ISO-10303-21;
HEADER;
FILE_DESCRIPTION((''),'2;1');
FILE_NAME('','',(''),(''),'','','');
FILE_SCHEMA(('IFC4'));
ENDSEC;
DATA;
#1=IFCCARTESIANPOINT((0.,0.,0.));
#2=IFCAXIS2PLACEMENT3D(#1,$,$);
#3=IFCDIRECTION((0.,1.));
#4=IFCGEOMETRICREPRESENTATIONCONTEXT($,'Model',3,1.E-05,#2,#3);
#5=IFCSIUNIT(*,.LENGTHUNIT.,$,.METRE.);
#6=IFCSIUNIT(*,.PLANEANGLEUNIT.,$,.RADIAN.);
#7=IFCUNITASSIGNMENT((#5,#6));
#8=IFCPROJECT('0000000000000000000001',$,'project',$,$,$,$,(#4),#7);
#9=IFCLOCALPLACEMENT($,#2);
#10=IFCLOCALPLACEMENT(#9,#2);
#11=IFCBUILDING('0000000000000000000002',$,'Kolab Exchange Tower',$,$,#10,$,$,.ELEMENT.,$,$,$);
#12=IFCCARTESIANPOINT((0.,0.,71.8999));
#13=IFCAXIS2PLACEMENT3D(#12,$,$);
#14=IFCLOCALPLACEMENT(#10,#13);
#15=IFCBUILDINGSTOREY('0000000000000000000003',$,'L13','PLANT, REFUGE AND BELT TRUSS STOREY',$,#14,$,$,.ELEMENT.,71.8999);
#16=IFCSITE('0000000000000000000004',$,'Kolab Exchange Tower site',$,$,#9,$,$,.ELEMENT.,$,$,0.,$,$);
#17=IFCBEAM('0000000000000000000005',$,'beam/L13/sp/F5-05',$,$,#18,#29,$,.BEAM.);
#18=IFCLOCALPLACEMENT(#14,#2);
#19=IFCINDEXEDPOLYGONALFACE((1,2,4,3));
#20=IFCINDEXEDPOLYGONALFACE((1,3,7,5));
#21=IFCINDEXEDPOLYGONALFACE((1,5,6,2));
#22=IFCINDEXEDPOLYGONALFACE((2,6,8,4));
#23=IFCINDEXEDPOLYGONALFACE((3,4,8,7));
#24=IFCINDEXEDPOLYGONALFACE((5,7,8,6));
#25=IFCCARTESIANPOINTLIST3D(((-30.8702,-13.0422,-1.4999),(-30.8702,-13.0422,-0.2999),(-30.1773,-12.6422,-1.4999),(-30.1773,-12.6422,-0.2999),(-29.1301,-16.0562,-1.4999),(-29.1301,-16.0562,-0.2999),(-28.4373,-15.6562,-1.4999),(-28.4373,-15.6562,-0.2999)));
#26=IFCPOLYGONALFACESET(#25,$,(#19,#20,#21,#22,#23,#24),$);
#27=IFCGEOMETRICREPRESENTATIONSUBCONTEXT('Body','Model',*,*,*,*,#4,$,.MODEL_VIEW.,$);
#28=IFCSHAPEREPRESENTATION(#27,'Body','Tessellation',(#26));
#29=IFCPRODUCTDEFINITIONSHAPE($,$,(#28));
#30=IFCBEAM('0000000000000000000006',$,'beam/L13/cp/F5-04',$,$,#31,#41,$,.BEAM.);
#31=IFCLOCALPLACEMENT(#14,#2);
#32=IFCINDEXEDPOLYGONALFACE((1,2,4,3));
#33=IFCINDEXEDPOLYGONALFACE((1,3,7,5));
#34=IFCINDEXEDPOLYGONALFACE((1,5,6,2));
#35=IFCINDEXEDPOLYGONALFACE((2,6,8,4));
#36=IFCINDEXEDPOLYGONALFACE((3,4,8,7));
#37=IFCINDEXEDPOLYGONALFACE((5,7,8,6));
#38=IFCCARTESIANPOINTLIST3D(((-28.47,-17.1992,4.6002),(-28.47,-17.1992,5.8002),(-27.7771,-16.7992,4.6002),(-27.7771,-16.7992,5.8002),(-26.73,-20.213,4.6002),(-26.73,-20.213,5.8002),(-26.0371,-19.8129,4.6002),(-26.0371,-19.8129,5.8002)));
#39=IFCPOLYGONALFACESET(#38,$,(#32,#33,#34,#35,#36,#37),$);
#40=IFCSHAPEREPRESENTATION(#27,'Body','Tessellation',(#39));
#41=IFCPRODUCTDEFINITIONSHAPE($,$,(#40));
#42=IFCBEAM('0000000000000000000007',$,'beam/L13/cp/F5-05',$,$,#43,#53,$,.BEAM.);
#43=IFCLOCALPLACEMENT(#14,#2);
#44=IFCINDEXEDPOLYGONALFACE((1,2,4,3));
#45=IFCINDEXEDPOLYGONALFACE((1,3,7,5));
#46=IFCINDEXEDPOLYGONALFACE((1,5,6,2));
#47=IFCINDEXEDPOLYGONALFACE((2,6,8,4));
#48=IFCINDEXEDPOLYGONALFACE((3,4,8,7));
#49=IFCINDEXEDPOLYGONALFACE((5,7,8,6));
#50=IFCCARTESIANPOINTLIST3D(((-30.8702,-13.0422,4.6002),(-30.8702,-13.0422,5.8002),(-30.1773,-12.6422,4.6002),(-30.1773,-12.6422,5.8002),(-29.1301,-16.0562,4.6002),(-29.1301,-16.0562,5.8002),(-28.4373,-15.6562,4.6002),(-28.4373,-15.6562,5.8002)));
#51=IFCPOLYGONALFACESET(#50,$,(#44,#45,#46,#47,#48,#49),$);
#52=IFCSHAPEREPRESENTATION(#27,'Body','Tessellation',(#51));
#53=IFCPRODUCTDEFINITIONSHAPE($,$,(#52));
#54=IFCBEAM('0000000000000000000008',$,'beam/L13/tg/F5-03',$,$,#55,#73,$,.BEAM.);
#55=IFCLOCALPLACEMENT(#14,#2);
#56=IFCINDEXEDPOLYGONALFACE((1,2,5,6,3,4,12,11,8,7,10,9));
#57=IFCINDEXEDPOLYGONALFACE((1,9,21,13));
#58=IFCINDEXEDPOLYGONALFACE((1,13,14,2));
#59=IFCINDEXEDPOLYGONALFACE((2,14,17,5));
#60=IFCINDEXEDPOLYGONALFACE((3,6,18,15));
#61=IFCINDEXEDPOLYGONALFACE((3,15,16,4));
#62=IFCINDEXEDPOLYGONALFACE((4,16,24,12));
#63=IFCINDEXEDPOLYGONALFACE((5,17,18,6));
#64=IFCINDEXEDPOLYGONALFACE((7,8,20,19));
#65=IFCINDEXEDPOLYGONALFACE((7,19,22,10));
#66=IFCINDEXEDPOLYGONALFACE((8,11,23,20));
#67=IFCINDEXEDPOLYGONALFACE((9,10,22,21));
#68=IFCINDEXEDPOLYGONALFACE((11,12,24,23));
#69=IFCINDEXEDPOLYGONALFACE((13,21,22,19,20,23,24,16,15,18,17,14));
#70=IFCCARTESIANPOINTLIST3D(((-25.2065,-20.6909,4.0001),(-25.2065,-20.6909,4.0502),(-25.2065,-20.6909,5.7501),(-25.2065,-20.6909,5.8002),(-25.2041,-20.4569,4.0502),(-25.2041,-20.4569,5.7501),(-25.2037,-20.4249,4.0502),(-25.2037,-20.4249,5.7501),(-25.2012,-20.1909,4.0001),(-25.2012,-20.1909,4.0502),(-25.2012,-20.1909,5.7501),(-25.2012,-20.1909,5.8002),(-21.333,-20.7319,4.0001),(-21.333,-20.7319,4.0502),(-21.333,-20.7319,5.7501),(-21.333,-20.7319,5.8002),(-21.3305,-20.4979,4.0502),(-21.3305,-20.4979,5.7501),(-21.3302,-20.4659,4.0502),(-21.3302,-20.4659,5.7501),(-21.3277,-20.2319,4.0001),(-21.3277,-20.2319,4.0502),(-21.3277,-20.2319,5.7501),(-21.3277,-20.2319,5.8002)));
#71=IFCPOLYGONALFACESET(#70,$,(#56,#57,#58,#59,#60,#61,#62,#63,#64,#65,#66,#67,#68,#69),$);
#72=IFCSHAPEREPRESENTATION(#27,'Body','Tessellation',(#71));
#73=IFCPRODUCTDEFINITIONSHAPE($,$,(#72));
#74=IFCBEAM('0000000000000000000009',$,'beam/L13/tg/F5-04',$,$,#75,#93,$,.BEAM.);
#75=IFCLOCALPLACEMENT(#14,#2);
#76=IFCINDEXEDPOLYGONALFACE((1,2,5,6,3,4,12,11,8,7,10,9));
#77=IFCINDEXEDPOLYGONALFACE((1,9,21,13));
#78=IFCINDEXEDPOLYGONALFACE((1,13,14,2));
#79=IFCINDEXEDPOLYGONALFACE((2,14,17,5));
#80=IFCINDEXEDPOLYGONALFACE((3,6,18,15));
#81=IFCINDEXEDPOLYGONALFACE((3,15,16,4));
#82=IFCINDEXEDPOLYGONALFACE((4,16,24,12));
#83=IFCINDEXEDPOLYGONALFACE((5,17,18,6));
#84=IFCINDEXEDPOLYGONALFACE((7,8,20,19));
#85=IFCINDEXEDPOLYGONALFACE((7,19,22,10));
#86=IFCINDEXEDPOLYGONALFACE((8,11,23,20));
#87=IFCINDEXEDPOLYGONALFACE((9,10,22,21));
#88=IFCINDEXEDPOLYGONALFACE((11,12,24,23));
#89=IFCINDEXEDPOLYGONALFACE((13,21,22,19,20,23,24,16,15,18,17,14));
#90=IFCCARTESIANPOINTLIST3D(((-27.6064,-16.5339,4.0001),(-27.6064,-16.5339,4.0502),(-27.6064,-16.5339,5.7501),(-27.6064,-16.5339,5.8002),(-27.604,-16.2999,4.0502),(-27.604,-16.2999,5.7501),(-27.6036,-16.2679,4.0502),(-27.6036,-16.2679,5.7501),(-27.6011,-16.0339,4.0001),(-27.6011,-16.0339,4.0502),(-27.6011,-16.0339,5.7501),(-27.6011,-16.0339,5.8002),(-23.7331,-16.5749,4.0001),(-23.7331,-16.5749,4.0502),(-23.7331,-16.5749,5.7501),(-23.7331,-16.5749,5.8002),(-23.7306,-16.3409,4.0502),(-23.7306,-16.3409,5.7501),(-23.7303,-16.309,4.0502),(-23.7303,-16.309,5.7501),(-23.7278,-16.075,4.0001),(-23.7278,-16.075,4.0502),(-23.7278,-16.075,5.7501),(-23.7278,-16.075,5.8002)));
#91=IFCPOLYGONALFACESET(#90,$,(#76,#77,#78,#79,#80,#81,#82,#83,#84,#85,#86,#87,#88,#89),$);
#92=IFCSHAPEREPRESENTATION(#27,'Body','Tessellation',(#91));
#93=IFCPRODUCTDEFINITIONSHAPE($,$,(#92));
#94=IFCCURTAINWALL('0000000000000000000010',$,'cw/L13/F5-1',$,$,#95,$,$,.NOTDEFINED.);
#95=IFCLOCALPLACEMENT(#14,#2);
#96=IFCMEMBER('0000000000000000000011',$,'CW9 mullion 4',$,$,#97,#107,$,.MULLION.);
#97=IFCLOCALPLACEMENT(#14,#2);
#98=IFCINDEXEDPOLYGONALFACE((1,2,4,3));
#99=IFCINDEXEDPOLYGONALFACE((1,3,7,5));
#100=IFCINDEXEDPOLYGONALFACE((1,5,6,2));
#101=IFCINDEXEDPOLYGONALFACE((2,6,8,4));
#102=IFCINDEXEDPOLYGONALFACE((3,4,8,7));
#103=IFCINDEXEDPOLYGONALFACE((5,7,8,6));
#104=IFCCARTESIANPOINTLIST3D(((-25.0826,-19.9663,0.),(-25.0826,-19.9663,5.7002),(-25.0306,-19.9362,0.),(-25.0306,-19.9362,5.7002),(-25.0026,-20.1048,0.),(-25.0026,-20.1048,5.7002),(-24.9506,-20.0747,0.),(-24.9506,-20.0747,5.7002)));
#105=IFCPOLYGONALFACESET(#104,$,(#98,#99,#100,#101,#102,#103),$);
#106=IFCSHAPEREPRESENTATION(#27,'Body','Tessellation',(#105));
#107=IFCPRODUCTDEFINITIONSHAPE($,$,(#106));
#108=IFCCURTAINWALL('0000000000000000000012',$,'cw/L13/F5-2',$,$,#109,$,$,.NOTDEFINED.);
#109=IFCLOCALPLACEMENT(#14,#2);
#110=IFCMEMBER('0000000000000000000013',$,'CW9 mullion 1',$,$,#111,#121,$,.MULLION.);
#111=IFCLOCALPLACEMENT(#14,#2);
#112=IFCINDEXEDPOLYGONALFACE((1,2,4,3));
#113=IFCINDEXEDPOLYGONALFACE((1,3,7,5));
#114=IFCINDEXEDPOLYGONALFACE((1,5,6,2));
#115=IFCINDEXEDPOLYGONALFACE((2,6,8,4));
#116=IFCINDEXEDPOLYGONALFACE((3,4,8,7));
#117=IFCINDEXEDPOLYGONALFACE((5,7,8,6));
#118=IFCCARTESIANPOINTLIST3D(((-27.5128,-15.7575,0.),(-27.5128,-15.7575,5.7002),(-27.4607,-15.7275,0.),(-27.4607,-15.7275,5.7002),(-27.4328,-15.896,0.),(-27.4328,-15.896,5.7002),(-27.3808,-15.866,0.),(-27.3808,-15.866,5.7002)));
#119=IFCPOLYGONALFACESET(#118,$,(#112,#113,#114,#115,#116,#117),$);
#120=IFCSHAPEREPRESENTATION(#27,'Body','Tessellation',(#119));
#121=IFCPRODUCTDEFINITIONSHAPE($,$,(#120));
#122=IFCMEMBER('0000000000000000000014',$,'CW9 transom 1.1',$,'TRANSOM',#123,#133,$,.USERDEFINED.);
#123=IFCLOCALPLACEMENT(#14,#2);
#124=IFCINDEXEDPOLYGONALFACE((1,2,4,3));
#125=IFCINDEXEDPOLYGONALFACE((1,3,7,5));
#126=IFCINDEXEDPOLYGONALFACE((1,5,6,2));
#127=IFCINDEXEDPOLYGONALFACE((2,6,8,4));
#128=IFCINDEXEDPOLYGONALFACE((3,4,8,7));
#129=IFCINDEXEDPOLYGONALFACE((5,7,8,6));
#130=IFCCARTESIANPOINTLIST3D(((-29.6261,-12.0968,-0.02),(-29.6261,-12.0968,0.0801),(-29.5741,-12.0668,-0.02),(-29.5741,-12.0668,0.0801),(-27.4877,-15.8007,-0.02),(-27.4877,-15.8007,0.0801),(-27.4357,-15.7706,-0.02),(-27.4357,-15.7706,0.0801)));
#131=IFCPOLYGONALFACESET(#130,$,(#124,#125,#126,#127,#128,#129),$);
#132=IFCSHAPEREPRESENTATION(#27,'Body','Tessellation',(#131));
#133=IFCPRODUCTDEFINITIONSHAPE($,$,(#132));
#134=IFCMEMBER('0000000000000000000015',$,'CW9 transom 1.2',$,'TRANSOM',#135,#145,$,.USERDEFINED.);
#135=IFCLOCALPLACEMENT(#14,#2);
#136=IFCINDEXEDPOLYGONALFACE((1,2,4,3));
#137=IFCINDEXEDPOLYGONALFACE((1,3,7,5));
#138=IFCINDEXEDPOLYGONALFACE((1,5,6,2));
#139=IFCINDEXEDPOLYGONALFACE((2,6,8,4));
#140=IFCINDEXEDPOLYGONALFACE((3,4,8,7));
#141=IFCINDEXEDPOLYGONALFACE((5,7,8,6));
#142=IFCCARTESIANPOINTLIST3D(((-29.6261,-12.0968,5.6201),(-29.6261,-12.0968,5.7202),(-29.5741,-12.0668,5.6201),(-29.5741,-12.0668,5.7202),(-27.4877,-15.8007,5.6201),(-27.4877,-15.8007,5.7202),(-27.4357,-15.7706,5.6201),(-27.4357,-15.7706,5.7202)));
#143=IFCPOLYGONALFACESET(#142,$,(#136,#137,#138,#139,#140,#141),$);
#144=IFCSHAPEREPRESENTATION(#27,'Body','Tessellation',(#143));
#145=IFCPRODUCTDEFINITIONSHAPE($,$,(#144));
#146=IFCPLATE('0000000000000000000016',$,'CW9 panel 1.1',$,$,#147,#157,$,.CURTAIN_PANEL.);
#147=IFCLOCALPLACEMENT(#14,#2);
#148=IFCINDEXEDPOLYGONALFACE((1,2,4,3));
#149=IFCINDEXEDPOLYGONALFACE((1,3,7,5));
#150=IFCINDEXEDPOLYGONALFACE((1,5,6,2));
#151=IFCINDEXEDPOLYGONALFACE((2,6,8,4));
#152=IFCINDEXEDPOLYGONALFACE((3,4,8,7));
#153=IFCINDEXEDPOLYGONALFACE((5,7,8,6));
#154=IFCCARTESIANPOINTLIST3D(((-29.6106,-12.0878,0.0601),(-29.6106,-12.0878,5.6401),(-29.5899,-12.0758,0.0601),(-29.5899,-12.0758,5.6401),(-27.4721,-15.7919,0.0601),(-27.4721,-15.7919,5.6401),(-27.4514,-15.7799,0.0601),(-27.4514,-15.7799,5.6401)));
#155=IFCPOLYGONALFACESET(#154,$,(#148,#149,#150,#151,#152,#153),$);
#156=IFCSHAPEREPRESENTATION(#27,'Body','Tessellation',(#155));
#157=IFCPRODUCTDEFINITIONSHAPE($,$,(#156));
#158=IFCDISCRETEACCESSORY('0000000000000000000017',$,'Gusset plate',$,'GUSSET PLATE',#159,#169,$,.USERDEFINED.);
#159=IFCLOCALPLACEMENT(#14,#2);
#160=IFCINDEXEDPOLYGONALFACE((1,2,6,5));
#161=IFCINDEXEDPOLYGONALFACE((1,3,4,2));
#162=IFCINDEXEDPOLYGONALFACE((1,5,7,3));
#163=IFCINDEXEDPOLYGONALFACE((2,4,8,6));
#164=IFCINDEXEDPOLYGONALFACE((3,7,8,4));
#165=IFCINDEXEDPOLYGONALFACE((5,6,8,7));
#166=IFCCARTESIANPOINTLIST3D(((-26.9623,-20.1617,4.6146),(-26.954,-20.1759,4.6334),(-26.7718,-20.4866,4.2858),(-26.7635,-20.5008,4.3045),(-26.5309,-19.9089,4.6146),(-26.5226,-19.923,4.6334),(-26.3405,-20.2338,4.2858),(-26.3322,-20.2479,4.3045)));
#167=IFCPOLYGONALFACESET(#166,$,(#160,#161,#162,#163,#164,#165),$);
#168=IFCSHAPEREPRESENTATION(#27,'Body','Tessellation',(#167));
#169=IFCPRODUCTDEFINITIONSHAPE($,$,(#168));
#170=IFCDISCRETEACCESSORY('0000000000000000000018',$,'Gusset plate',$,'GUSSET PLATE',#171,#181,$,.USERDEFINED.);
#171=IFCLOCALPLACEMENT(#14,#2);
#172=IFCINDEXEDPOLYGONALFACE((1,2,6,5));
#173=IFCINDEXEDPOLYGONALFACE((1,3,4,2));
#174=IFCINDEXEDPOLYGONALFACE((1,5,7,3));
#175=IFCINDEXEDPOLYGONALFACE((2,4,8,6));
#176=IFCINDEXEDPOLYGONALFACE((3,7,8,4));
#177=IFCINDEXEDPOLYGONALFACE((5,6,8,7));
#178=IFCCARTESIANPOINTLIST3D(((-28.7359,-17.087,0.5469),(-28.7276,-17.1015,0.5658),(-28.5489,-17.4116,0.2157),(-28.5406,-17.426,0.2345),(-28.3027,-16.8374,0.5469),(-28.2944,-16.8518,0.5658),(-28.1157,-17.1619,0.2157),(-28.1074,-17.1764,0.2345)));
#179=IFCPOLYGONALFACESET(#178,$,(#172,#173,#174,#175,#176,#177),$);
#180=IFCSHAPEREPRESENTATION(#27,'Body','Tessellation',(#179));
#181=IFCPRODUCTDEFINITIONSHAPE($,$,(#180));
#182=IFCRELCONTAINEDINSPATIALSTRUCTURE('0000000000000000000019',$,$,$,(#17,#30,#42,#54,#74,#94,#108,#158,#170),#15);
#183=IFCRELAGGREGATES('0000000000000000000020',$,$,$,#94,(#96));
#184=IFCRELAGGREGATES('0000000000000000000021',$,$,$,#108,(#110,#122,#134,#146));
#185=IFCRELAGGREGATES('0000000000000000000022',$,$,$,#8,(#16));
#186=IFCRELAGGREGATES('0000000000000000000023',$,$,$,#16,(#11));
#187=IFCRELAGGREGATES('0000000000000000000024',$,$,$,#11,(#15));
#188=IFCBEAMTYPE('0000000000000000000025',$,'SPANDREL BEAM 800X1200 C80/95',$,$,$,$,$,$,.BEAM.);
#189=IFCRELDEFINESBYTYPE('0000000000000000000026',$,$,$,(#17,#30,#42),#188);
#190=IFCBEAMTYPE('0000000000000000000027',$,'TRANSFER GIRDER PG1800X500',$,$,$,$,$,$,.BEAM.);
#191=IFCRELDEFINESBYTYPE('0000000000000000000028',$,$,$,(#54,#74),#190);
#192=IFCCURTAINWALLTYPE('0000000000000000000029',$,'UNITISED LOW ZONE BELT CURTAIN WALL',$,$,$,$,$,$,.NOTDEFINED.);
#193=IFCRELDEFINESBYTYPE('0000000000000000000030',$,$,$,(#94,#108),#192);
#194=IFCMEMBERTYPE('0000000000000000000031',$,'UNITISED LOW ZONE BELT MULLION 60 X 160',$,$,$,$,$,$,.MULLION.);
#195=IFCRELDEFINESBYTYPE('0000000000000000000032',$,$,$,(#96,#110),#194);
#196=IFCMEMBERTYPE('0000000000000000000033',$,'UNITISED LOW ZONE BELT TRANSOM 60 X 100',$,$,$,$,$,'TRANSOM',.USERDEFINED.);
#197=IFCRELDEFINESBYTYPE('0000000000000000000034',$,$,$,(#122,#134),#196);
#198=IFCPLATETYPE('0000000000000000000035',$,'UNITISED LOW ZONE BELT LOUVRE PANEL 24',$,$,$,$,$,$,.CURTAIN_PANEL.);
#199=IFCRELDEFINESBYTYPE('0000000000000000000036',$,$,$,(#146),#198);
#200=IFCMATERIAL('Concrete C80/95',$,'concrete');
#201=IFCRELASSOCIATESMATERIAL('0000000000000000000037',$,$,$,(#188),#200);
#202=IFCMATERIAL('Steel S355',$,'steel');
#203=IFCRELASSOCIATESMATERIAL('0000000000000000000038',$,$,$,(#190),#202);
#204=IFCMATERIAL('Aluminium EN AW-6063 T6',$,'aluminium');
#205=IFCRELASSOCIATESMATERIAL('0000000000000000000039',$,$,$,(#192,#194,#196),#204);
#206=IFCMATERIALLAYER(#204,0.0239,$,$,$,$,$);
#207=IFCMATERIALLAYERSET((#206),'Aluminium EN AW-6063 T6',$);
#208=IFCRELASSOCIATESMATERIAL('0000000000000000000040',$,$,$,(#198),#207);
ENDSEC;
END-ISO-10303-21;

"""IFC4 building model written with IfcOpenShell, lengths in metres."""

from ifc_helpers import new_model, si_unit, direction, frame, origin, origin_2d, place, context, subcontext, project, spatial, rectangle, i_section, extrude, material, layer, layer_set, material_profile, profile_set, type_object, element, aggregate, save


model = new_model("IFC4")

# Units and contexts
model_context = context("Model", 3, precision=1e-05, world=origin(), true_north=direction((0.0, 1.0)))
body_context = subcontext(model_context, "Body", "Model", "MODEL_VIEW")
ifc_project = project(units=[si_unit("LENGTHUNIT", "METRE"), si_unit("PLANEANGLEUNIT", "RADIAN")], contexts=[model_context])

# Site, building, storey
site_placement = place(None, origin())
site = spatial("IfcSite", under=ifc_project, at=site_placement, Name="Kolab Exchange Tower site", CompositionType="ELEMENT", RefElevation=0.0)
building_placement = place(site_placement, origin())
building = spatial("IfcBuilding", under=site, at=building_placement, Name="Kolab Exchange Tower", CompositionType="ELEMENT")
storey_placement = place(building_placement, frame((0.0, 0.0, 71.8999)))
storey = spatial("IfcBuildingStorey", under=building, at=storey_placement, Name="L13", Description="PLANT, REFUGE AND BELT TRUSS STOREY", CompositionType="ELEMENT", Elevation=71.8999)

# Shared definitions
ifc_material_1 = material(Name="Concrete C80/95", Category="concrete")

# Shared definitions
ifc_material_2 = material(Name="Steel S355", Category="steel")

# Beams
ifc_material_profile_1 = material_profile(ifc_material_1, rectangle(XDim=0.8, YDim=1.2, at=origin_2d()), Name="RC800X1200")
ifc_profile_set_1 = profile_set([ifc_material_profile_1], Name="Concrete C80/95")
beam_type_1 = type_object("IfcBeamType", Name="SPANDREL BEAM 800X1200 C80/95", PredefinedType="BEAM", material=ifc_profile_set_1)
beam_1_placement = place(storey_placement, frame((-28.7837, -15.8562, -0.8999), z_axis=(-0.49998, 0.866037, 0.0), x_axis=(-0.866037, -0.49998, 0.0)))
element("IfcBeam", 1, at=beam_1_placement, inside=storey, type_object=beam_type_1, Name="beam/L13/sp/F5-05", PredefinedType="BEAM", context=body_context, shape_type="SweptSolid", body=[
    extrude(rectangle(XDim=0.8, YDim=1.2, at=origin_2d()), origin(), (0.0, 0.0, 1.0), 3.4802),
])
beam_2_placement = place(storey_placement, frame((-26.3835, -20.0129, 5.2002), z_axis=(-0.50001, 0.86602, 0.0), x_axis=(-0.86602, -0.50001, 0.0)))
element("IfcBeam", 2, at=beam_2_placement, inside=storey, type_object=beam_type_1, Name="beam/L13/cp/F5-04", PredefinedType="BEAM", context=body_context, shape_type="SweptSolid", body=[
    extrude(rectangle(XDim=0.8, YDim=1.2, at=origin_2d()), origin(), (0.0, 0.0, 1.0), 3.48),
])
beam_3_placement = place(storey_placement, frame((-28.7837, -15.8562, 5.2002), z_axis=(-0.49998, 0.866037, 0.0), x_axis=(-0.866037, -0.49998, 0.0)))
element("IfcBeam", 3, at=beam_3_placement, inside=storey, type_object=beam_type_1, Name="beam/L13/cp/F5-05", PredefinedType="BEAM", context=body_context, shape_type="SweptSolid", body=[
    extrude(rectangle(XDim=0.8, YDim=1.2, at=origin_2d()), origin(), (0.0, 0.0, 1.0), 3.4802),
])
ifc_material_profile_2 = material_profile(ifc_material_2, i_section(OverallWidth=0.5, OverallDepth=1.8, WebThickness=0.032, FlangeThickness=0.05, at=origin_2d()), Name="PG1800X500")
ifc_profile_set_2 = profile_set([ifc_material_profile_2], Name="Steel S355")
beam_type_2 = type_object("IfcBeamType", Name="TRANSFER GIRDER PG1800X500", PredefinedType="BEAM", material=ifc_profile_set_2)
beam_4_placement = place(storey_placement, frame((-21.3303, -20.4819, 4.9001), z_axis=(-0.999944, 0.010588, 0.0), x_axis=(-0.010588, -0.999944, 0.0)))
element("IfcBeam", 4, at=beam_4_placement, inside=storey, type_object=beam_type_2, Name="beam/L13/tg/F5-03", PredefinedType="BEAM", context=body_context, shape_type="SweptSolid", body=[
    extrude(i_section(OverallWidth=0.5, OverallDepth=1.8, WebThickness=0.032, FlangeThickness=0.05, at=origin_2d()), origin(), (0.0, 0.0, 1.0), 3.8738),
])
beam_5_placement = place(storey_placement, frame((-23.7305, -16.325, 4.9001), z_axis=(-0.999944, 0.010589, 0.0), x_axis=(-0.010589, -0.999944, 0.0)))
element("IfcBeam", 5, at=beam_5_placement, inside=storey, type_object=beam_type_2, Name="beam/L13/tg/F5-04", PredefinedType="BEAM", context=body_context, shape_type="SweptSolid", body=[
    extrude(i_section(OverallWidth=0.5, OverallDepth=1.8, WebThickness=0.032, FlangeThickness=0.05, at=origin_2d()), origin(), (0.0, 0.0, 1.0), 3.8735),
])

# Curtain wall, member
ifc_material_3 = material(Name="Aluminium EN AW-6063 T6", Category="aluminium")
curtain_wall_type = type_object("IfcCurtainWallType", Name="UNITISED LOW ZONE BELT CURTAIN WALL", PredefinedType="NOTDEFINED", material=ifc_material_3)
curtain_wall_1_placement = place(storey_placement, origin())
curtain_wall_1 = element("IfcCurtainWall", 6, at=curtain_wall_1_placement, inside=storey, type_object=curtain_wall_type, Name="cw/L13/F5-1", PredefinedType="NOTDEFINED")
ifc_material_profile_3 = material_profile(ifc_material_3, rectangle(XDim=0.0601, YDim=0.1599, at=origin_2d()), Name="RECT 60X160")
ifc_profile_set_3 = profile_set([ifc_material_profile_3], Name="Aluminium EN AW-6063 T6")
member_type_1 = type_object("IfcMemberType", Name="UNITISED LOW ZONE BELT MULLION 60 X 160", PredefinedType="MULLION", material=ifc_profile_set_3)
member_1_placement = place(storey_placement, frame((-25.0166, -20.0205, 0.0), z_axis=(0.0, 0.0, 1.0), x_axis=(-0.866025, -0.5, 0.0)))
member_1 = element("IfcMember", 7, at=member_1_placement, type_object=member_type_1, Name="CW9 mullion 4", PredefinedType="MULLION", context=body_context, shape_type="SweptSolid", body=[
    extrude(rectangle(XDim=0.0601, YDim=0.1599, at=origin_2d()), origin(), (0.0, 0.0, 1.0), 5.7002),
])
aggregate(curtain_wall_1, [member_1])

# Curtain wall, members, plate
curtain_wall_2_placement = place(storey_placement, origin())
curtain_wall_2 = element("IfcCurtainWall", 8, at=curtain_wall_2_placement, inside=storey, type_object=curtain_wall_type, Name="cw/L13/F5-2", PredefinedType="NOTDEFINED")
member_2_placement = place(storey_placement, frame((-27.4468, -15.8118, 0.0), z_axis=(0.0, 0.0, 1.0), x_axis=(-0.866025, -0.5, 0.0)))
member_2 = element("IfcMember", 9, at=member_2_placement, type_object=member_type_1, Name="CW9 mullion 1", PredefinedType="MULLION", context=body_context, shape_type="SweptSolid", body=[
    extrude(rectangle(XDim=0.0601, YDim=0.1599, at=origin_2d()), origin(), (0.0, 0.0, 1.0), 5.7002),
])
ifc_material_profile_4 = material_profile(ifc_material_3, rectangle(XDim=0.0601, YDim=0.1001, at=origin_2d()), Name="RECT 60X100")
ifc_profile_set_4 = profile_set([ifc_material_profile_4], Name="Aluminium EN AW-6063 T6")
member_type_2 = type_object("IfcMemberType", Name="UNITISED LOW ZONE BELT TRANSOM 60 X 100", ElementType="TRANSOM", PredefinedType="USERDEFINED", material=ifc_profile_set_4)
member_3_placement = place(storey_placement, frame((-27.4617, -15.7856, 0.03), z_axis=(-0.500001, 0.866025, 0.0), x_axis=(-0.866025, -0.500001, 0.0)))
member_3 = element("IfcMember", 10, at=member_3_placement, type_object=member_type_2, Name="CW9 transom 1.1", ObjectType="TRANSOM", PredefinedType="USERDEFINED", context=body_context, shape_type="SweptSolid", body=[
    extrude(rectangle(XDim=0.0601, YDim=0.1001, at=origin_2d()), origin(), (0.0, 0.0, 1.0), 4.2769),
])
member_4_placement = place(storey_placement, frame((-27.4617, -15.7856, 5.6702), z_axis=(-0.500001, 0.866025, 0.0), x_axis=(-0.866025, -0.500001, 0.0)))
member_4 = element("IfcMember", 11, at=member_4_placement, type_object=member_type_2, Name="CW9 transom 1.2", ObjectType="TRANSOM", PredefinedType="USERDEFINED", context=body_context, shape_type="SweptSolid", body=[
    extrude(rectangle(XDim=0.0601, YDim=0.1001, at=origin_2d()), origin(), (0.0, 0.0, 1.0), 4.2769),
])
ifc_layer_1 = layer(ifc_material_3, 0.0239)
ifc_layer_set_1 = layer_set([ifc_layer_1], Name="Aluminium EN AW-6063 T6")
plate_type = type_object("IfcPlateType", Name="UNITISED LOW ZONE BELT LOUVRE PANEL 24", PredefinedType="CURTAIN_PANEL", material=ifc_layer_set_1)
plate_placement = place(storey_placement, frame((-28.531, -13.9338, 0.0601), z_axis=(0.0, 0.0, 1.0), x_axis=(-0.5, 0.866025, 0.0)))
plate = element("IfcPlate", 12, at=plate_placement, type_object=plate_type, Name="CW9 panel 1.1", PredefinedType="CURTAIN_PANEL", context=body_context, shape_type="SweptSolid", body=[
    extrude(rectangle(XDim=4.2771, YDim=0.0239, at=origin_2d()), origin(), (0.0, 0.0, 1.0), 5.5801),
])
aggregate(curtain_wall_2, [member_2, member_3, member_4, plate])

# Discrete accessories
discrete_accessory_1_placement = place(storey_placement, frame((-26.6514, -20.1978, 4.4502), z_axis=(0.332615, -0.567402, 0.753275), x_axis=(0.862698, 0.505719, 0.0)))
element("IfcDiscreteAccessory", 13, at=discrete_accessory_1_placement, inside=storey, Name="Gusset plate", ObjectType="GUSSET PLATE", PredefinedType="USERDEFINED", context=body_context, shape_type="SweptSolid", body=[
    extrude(rectangle(XDim=0.5, YDim=0.5, at=origin_2d()), origin(), (0.0, 0.0, 1.0), 0.0249),
])
discrete_accessory_2_placement = place(storey_placement, frame((-28.4175, -17.1389, 0.4001), z_axis=(-0.330768, 0.57398, -0.749092), x_axis=(-0.86643, -0.499299, 0.0)))
element("IfcDiscreteAccessory", 14, at=discrete_accessory_2_placement, inside=storey, Name="Gusset plate", ObjectType="GUSSET PLATE", PredefinedType="USERDEFINED", context=body_context, shape_type="SweptSolid", body=[
    extrude(rectangle(XDim=0.5, YDim=0.5, at=origin_2d()), origin(), (0.0, 0.0, 1.0), 0.0251),
])

save(model, "model.ifc")
